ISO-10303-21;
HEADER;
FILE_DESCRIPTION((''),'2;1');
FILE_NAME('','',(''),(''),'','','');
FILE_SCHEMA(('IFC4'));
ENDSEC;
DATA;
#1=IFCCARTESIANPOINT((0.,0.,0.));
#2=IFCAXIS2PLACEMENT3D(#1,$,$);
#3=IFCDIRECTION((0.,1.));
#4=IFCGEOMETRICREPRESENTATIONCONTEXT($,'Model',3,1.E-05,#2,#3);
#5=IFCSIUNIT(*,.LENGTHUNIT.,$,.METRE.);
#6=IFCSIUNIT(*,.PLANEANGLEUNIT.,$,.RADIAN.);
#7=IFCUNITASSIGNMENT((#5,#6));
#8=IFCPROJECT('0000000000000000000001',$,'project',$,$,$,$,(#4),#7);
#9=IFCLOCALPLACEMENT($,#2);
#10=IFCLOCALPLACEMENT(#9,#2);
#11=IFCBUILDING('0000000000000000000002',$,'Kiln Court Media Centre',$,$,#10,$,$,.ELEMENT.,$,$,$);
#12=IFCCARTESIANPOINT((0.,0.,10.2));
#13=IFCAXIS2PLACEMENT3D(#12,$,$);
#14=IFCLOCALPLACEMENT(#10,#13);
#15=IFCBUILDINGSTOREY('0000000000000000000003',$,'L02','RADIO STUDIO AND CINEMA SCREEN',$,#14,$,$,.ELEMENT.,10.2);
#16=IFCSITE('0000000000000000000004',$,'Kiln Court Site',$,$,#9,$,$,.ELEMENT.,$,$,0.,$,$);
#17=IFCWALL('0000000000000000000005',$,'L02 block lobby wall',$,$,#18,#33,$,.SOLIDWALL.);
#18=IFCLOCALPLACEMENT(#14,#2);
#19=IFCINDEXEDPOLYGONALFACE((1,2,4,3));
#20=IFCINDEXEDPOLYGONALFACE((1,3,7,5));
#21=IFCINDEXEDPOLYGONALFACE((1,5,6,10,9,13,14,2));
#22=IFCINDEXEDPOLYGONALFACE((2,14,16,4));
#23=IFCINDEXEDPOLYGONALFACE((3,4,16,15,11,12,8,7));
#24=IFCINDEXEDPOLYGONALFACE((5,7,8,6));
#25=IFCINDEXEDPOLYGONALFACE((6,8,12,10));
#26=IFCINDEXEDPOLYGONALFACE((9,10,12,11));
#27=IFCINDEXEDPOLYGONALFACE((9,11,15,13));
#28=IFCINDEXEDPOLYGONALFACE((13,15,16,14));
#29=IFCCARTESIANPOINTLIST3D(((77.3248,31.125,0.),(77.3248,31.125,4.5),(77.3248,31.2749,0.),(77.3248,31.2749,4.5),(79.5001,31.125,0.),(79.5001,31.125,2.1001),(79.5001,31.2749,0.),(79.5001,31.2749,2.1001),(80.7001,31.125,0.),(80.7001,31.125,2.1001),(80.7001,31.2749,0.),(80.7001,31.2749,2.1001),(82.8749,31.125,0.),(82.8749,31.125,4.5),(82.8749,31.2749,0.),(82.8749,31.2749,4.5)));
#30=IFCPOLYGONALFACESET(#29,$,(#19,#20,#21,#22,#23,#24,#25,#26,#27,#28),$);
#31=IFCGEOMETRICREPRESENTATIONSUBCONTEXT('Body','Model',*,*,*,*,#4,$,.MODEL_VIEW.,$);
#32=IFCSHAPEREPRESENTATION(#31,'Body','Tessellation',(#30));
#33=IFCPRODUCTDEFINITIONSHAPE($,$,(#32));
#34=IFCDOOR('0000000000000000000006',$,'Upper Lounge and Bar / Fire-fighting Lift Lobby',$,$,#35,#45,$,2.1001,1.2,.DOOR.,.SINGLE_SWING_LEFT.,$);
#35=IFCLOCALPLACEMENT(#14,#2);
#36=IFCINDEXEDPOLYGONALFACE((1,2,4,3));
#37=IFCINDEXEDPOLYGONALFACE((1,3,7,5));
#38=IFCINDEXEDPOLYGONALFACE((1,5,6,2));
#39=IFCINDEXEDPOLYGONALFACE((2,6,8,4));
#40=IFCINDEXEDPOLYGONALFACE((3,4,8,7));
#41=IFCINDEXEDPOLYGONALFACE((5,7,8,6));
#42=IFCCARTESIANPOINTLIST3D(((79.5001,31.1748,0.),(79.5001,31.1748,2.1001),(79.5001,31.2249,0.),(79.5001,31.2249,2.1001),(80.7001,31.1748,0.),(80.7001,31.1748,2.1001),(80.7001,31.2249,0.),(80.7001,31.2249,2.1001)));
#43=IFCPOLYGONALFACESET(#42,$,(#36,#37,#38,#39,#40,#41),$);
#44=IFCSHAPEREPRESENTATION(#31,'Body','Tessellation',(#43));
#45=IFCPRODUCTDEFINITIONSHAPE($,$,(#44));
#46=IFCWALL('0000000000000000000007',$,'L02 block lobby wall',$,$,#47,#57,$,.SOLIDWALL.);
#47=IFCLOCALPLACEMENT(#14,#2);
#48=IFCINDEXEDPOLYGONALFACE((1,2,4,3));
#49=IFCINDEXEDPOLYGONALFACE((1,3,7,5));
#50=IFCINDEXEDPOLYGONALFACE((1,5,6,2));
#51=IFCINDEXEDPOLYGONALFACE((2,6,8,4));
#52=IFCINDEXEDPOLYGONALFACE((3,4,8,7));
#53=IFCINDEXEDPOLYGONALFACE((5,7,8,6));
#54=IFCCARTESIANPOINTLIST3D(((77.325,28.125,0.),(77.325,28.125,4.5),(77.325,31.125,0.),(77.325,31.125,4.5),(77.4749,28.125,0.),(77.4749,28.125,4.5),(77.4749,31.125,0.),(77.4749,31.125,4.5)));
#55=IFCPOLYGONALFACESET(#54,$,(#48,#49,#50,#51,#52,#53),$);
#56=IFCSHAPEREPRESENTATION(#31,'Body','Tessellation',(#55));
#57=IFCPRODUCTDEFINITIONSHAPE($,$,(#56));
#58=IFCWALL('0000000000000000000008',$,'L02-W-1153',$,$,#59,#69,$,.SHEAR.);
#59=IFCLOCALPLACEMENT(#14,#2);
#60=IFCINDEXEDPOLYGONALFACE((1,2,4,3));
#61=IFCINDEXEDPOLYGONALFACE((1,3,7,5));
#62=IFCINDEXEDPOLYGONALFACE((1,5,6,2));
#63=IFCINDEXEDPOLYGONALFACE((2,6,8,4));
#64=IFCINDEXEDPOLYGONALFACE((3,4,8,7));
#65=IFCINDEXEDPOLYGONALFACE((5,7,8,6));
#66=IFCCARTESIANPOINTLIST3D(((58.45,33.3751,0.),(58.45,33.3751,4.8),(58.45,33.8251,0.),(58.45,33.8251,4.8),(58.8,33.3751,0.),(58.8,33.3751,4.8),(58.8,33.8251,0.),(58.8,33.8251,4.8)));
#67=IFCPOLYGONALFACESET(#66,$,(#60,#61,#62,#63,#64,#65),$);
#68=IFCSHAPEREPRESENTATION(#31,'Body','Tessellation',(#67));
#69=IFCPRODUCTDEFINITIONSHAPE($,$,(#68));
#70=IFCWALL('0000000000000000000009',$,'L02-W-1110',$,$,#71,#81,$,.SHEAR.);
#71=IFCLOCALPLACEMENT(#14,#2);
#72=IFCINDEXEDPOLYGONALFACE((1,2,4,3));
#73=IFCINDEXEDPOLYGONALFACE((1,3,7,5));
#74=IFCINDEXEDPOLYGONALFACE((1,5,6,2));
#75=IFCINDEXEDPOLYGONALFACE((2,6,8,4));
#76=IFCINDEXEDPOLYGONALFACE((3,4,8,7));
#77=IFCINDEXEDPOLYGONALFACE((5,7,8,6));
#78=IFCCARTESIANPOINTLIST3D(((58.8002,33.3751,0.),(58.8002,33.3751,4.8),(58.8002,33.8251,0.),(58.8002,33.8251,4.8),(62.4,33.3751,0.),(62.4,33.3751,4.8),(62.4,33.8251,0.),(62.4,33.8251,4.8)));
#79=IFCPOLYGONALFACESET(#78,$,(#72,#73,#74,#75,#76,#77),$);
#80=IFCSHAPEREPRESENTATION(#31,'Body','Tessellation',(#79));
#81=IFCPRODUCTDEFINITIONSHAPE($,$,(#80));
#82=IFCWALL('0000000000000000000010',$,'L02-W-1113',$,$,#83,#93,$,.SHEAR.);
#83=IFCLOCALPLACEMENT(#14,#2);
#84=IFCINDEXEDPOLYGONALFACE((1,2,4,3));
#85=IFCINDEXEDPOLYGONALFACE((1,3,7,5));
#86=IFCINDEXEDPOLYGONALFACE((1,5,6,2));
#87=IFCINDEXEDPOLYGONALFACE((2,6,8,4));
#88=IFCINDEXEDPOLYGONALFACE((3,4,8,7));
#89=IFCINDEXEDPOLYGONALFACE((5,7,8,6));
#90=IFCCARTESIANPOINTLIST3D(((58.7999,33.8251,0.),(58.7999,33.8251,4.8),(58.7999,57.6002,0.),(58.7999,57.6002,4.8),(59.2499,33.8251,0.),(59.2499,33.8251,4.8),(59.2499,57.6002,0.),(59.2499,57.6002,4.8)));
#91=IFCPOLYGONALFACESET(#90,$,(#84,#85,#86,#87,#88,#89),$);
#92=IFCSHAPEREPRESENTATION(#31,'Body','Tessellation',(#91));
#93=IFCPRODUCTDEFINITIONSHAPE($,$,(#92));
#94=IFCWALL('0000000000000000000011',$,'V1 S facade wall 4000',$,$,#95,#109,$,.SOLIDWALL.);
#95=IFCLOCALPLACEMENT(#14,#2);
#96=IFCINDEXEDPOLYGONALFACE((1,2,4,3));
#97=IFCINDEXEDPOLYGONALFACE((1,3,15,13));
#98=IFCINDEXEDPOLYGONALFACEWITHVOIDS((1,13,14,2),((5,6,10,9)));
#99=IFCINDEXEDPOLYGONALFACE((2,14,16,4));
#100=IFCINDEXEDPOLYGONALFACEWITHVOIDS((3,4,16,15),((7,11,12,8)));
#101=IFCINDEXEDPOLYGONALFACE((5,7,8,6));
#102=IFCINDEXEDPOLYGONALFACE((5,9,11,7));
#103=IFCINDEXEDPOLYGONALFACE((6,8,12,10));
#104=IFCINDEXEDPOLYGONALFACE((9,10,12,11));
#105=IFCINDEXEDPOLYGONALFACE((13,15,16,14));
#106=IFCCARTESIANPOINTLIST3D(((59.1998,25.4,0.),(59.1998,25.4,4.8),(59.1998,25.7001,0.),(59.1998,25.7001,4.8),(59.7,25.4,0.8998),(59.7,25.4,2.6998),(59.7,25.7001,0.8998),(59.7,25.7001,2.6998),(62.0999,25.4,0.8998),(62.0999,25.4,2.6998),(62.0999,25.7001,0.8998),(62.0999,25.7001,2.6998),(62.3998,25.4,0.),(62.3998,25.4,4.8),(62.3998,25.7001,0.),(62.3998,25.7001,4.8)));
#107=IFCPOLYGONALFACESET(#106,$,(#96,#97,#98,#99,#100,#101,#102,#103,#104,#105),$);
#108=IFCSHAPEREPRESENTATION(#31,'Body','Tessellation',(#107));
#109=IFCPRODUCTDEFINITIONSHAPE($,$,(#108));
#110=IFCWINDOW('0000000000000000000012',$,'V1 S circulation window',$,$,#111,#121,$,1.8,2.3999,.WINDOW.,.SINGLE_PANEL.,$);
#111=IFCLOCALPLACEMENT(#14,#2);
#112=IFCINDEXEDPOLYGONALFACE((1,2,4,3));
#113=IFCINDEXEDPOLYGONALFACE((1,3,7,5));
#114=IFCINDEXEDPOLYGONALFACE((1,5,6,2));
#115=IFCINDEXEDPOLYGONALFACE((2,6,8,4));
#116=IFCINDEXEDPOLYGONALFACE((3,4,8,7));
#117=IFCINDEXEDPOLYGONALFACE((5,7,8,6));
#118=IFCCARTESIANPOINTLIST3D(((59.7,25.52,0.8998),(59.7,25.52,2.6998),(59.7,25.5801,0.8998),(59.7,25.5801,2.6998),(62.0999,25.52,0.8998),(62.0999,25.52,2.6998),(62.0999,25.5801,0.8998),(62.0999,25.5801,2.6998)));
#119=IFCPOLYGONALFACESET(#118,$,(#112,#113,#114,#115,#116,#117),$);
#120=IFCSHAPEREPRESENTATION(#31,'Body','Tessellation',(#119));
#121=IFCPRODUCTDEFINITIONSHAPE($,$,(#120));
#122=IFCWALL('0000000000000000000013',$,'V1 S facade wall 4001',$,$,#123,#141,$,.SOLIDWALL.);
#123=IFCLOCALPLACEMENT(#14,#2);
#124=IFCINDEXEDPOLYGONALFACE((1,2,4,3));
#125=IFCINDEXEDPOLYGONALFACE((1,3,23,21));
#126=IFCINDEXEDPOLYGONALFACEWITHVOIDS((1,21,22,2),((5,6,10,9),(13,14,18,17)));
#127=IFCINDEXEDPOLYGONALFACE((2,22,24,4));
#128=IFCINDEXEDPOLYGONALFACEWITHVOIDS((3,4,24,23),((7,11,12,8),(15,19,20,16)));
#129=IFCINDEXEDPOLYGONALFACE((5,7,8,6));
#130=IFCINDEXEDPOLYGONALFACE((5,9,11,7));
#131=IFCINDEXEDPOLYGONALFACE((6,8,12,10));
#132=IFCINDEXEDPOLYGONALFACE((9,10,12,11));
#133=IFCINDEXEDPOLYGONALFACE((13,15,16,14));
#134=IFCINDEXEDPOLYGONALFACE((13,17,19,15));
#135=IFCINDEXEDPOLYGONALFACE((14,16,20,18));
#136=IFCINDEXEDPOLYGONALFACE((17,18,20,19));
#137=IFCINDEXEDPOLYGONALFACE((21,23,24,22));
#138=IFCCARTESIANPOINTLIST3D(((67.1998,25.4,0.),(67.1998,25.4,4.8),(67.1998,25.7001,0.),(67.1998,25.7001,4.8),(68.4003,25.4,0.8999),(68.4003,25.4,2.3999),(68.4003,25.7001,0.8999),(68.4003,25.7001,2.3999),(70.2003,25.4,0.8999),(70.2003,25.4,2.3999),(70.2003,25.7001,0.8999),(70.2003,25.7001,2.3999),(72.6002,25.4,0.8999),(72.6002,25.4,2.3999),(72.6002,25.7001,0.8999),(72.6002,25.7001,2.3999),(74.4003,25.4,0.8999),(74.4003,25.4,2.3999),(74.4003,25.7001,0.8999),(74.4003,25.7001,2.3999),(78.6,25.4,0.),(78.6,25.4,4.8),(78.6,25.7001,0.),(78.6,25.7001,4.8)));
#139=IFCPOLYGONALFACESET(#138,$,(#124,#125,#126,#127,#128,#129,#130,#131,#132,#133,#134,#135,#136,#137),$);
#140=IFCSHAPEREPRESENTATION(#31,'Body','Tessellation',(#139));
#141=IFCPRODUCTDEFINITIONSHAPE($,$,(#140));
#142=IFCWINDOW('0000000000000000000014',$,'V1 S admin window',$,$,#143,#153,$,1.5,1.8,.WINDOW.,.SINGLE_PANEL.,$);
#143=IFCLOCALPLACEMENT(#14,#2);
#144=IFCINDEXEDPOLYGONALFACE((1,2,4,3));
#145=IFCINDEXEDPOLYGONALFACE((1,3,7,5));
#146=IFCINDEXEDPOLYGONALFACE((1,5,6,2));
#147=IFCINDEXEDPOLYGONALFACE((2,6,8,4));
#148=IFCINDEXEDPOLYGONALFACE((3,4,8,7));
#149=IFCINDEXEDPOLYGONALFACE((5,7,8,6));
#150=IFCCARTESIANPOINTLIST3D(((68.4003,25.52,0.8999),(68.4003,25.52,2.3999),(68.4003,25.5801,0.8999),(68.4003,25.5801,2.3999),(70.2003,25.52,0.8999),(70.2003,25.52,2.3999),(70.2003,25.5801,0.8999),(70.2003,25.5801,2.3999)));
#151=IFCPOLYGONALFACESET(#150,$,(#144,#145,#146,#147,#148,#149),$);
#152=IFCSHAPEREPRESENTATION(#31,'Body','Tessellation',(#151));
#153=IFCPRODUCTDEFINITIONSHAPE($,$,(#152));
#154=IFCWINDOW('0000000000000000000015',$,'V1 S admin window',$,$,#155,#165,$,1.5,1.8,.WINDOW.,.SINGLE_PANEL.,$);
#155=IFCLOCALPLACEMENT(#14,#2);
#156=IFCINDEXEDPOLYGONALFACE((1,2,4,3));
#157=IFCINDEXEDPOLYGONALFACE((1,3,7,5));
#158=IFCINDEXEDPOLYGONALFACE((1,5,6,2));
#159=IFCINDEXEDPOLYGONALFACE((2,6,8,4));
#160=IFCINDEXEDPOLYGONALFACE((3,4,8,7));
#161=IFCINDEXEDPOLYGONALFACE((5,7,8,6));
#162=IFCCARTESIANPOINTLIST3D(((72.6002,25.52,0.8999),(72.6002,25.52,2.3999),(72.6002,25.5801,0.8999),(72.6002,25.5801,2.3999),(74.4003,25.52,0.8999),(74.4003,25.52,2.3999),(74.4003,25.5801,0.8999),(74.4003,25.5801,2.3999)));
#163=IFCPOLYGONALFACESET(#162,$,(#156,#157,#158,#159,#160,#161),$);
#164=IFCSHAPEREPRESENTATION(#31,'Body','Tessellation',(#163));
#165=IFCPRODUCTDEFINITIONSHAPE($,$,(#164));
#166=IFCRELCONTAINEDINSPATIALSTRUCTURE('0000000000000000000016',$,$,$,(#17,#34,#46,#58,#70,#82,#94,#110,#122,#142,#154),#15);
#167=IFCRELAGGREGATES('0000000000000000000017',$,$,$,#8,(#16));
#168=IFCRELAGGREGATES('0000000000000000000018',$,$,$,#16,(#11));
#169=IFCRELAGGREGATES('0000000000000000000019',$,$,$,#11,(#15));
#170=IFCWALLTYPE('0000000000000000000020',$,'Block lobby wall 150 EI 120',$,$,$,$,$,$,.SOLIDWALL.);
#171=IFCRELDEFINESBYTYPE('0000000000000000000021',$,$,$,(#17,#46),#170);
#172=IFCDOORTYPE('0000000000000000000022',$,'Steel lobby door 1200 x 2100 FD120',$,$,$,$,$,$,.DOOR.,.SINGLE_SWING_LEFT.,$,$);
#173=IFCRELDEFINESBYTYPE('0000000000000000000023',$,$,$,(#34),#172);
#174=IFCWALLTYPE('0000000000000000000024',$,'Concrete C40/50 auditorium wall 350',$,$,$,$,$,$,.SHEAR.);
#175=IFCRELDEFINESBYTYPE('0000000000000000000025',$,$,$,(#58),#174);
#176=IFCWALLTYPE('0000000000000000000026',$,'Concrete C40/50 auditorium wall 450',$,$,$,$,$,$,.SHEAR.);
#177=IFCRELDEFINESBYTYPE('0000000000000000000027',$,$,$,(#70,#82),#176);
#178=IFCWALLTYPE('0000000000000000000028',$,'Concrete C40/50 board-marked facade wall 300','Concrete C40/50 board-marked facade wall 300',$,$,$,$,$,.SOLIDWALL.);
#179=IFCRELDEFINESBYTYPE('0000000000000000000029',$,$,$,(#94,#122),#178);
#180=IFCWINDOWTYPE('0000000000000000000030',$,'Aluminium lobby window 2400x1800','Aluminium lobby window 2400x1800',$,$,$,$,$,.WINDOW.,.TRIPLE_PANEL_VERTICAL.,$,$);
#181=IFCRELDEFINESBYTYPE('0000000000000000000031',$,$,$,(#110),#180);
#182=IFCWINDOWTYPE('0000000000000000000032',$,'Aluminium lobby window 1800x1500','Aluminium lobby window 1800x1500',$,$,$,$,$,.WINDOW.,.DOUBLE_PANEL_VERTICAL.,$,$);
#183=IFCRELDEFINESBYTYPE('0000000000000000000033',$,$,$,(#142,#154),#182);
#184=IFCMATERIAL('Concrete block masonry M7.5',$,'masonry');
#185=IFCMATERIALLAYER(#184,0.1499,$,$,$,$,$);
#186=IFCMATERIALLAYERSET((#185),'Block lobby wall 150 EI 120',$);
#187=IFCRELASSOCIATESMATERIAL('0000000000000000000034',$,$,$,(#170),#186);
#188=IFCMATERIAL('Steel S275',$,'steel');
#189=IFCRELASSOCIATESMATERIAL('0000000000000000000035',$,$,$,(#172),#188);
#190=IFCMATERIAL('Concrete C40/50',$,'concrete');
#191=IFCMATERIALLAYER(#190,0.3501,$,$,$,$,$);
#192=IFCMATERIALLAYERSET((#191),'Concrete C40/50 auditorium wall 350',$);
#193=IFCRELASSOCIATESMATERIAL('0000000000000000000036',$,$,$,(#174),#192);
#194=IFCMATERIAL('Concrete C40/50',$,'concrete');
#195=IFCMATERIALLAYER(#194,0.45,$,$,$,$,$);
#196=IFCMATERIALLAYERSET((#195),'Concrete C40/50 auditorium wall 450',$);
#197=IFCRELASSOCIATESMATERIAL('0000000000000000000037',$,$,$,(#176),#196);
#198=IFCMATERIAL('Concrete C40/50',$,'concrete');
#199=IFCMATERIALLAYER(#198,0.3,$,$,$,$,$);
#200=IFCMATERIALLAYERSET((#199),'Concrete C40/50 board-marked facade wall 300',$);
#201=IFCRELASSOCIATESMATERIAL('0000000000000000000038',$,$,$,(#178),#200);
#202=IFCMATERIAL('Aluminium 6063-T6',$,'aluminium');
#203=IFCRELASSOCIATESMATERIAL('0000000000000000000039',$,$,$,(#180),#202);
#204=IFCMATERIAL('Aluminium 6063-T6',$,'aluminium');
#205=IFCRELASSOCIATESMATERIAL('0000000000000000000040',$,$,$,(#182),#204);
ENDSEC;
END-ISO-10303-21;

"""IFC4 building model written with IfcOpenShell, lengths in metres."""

from ifc_helpers import new_model, si_unit, direction, frame, frame_2d, origin, place, context, subcontext, project, spatial, rectangle, extrude, material, layer, layer_set, type_object, element, fill, save


model = new_model("IFC4")

# Units and contexts
model_context = context("Model", 3, precision=1e-05, world=origin(), true_north=direction((0.0, 1.0)))
body_context = subcontext(model_context, "Body", "Model", "MODEL_VIEW")
ifc_project = project(units=[si_unit("LENGTHUNIT", "METRE"), si_unit("PLANEANGLEUNIT", "RADIAN")], contexts=[model_context])

# Site, building, storey
site_placement = place(None, origin())
site = spatial("IfcSite", under=ifc_project, at=site_placement, Name="Kiln Court Site", CompositionType="ELEMENT", RefElevation=0.0)
building_placement = place(site_placement, origin())
building = spatial("IfcBuilding", under=site, at=building_placement, Name="Kiln Court Media Centre", CompositionType="ELEMENT")
storey_placement = place(building_placement, frame((0.0, 0.0, 10.2)))
storey = spatial("IfcBuildingStorey", under=building, at=storey_placement, Name="L02", Description="RADIO STUDIO AND CINEMA SCREEN", CompositionType="ELEMENT", Elevation=10.2)

# Wall, opening, door
ifc_material_1 = material(Name="Concrete block masonry M7.5", Category="masonry")
ifc_layer_1 = layer(ifc_material_1, 0.1499)
ifc_layer_set_1 = layer_set([ifc_layer_1], Name="Block lobby wall 150 EI 120")
wall_type_1 = type_object("IfcWallType", Name="Block lobby wall 150 EI 120", PredefinedType="SOLIDWALL", material=ifc_layer_set_1)
wall_1_placement = place(storey_placement, frame((77.325, 31.2, 0.0), z_axis=(0.0, 0.0, 1.0), x_axis=(1.0, 0.0, 0.0)))
wall_1 = element("IfcWall", 1, at=wall_1_placement, inside=storey, type_object=wall_type_1, Name="L02 block lobby wall", PredefinedType="SOLIDWALL", context=body_context, shape_type="SweptSolid", body=[
    extrude(rectangle(XDim=5.55, YDim=0.1499, at=frame_2d((2.7749, 0.0))), origin(), (0.0, 0.0, 1.0), 4.5),
])
opening_1_placement = place(wall_1_placement, frame((2.175, 0.0, 0.0)))
opening_1 = element("IfcOpeningElement", 2, at=opening_1_placement, cuts=wall_1, PredefinedType="OPENING", context=body_context, shape_type="SweptSolid", body=[
    extrude(rectangle(XDim=1.2, YDim=2.1001, at=frame_2d((0.6001, 1.05))), frame((0.0, 0.085, 0.0), z_axis=(0.0, -1.0, 0.0), x_axis=(1.0, 0.0, 0.0)), (0.0, 0.0, 1.0), 0.1699),
])
ifc_material_2 = material(Name="Steel S275", Category="steel")
door_type_1 = type_object("IfcDoorType", Name="Steel lobby door 1200 x 2100 FD120", OperationType="SINGLE_SWING_LEFT", PredefinedType="DOOR", material=ifc_material_2)
door_1_placement = place(opening_1_placement, origin())
door_1 = element("IfcDoor", 3, at=door_1_placement, inside=storey, type_object=door_type_1, Name="Upper Lounge and Bar / Fire-fighting Lift Lobby", OperationType="SINGLE_SWING_LEFT", OverallHeight=2.1001, OverallWidth=1.2, PredefinedType="DOOR", context=body_context, shape_type="SweptSolid", body=[
    extrude(rectangle(XDim=1.2, YDim=2.1001, at=frame_2d((0.6001, 1.05))), frame((0.0, 0.0249, 0.0), z_axis=(0.0, -1.0, 0.0), x_axis=(1.0, 0.0, 0.0)), (0.0, 0.0, 1.0), 0.05),
])
fill(opening_1, door_1)

# Walls
wall_2_placement = place(storey_placement, frame((77.3999, 28.125, 0.0), z_axis=(0.0, 0.0, 1.0), x_axis=(0.0, 1.0, 0.0)))
element("IfcWall", 4, at=wall_2_placement, inside=storey, type_object=wall_type_1, Name="L02 block lobby wall", PredefinedType="SOLIDWALL", context=body_context, shape_type="SweptSolid", body=[
    extrude(rectangle(XDim=3.0, YDim=0.1499, at=frame_2d((1.5, 0.0))), origin(), (0.0, 0.0, 1.0), 4.5),
])
ifc_material_3 = material(Name="Concrete C40/50", Category="concrete")
ifc_layer_2 = layer(ifc_material_3, 0.3501)
ifc_layer_set_2 = layer_set([ifc_layer_2], Name="Concrete C40/50 auditorium wall 350")
wall_type_2 = type_object("IfcWallType", Name="Concrete C40/50 auditorium wall 350", PredefinedType="SHEAR", material=ifc_layer_set_2)
wall_3_placement = place(storey_placement, frame((58.625, 33.375, 0.0), z_axis=(0.0, 0.0, 1.0), x_axis=(0.0, 1.0, 0.0)))
element("IfcWall", 5, at=wall_3_placement, inside=storey, type_object=wall_type_2, Name="L02-W-1153", PredefinedType="SHEAR", context=body_context, shape_type="SweptSolid", body=[
    extrude(rectangle(XDim=0.45, YDim=0.3501, at=frame_2d((0.2251, 0.0))), origin(), (0.0, 0.0, 1.0), 4.8),
])
ifc_material_4 = material(Name="Concrete C40/50", Category="concrete")
ifc_layer_3 = layer(ifc_material_4, 0.45)
ifc_layer_set_3 = layer_set([ifc_layer_3], Name="Concrete C40/50 auditorium wall 450")
wall_type_3 = type_object("IfcWallType", Name="Concrete C40/50 auditorium wall 450", PredefinedType="SHEAR", material=ifc_layer_set_3)
wall_4_placement = place(storey_placement, frame((62.3999, 33.6001, 0.0), z_axis=(0.0, 0.0, 1.0), x_axis=(-1.0, 0.0, 0.0)))
element("IfcWall", 6, at=wall_4_placement, inside=storey, type_object=wall_type_3, Name="L02-W-1110", PredefinedType="SHEAR", context=body_context, shape_type="SweptSolid", body=[
    extrude(rectangle(XDim=3.5999, YDim=0.45, at=frame_2d((1.7998, 0.0))), origin(), (0.0, 0.0, 1.0), 4.8),
])
wall_5_placement = place(storey_placement, frame((59.0249, 33.825, 0.0), z_axis=(0.0, 0.0, 1.0), x_axis=(0.0, 1.0, 0.0)))
element("IfcWall", 7, at=wall_5_placement, inside=storey, type_object=wall_type_3, Name="L02-W-1113", PredefinedType="SHEAR", context=body_context, shape_type="SweptSolid", body=[
    extrude(rectangle(XDim=23.7751, YDim=0.45, at=frame_2d((11.8877, 0.0))), origin(), (0.0, 0.0, 1.0), 4.8),
])

# Wall, opening, window
ifc_material_5 = material(Name="Concrete C40/50", Category="concrete")
ifc_layer_4 = layer(ifc_material_5, 0.3)
ifc_layer_set_4 = layer_set([ifc_layer_4], Name="Concrete C40/50 board-marked facade wall 300")
wall_type_4 = type_object("IfcWallType", Name="Concrete C40/50 board-marked facade wall 300", Description="Concrete C40/50 board-marked facade wall 300", PredefinedType="SOLIDWALL", material=ifc_layer_set_4)
wall_6_placement = place(storey_placement, frame((62.3999, 25.55, 0.0), z_axis=(0.0, 0.0, 1.0), x_axis=(-1.0, 0.0, 0.0)))
wall_6 = element("IfcWall", 8, at=wall_6_placement, inside=storey, type_object=wall_type_4, Name="V1 S facade wall 4000", PredefinedType="SOLIDWALL", context=body_context, shape_type="SweptSolid", body=[
    extrude(rectangle(XDim=3.2, YDim=0.3, at=frame_2d((1.6001, 0.0))), origin(), (0.0, 0.0, 1.0), 4.8),
])
opening_2_placement = place(wall_6_placement, frame((0.3, 0.0, 0.8999)))
opening_2 = element("IfcOpeningElement", 9, at=opening_2_placement, cuts=wall_6, PredefinedType="OPENING", context=body_context, shape_type="SweptSolid", body=[
    extrude(rectangle(XDim=2.3999, YDim=1.8, at=frame_2d((1.2, 0.8999))), frame((0.0, 0.1599, 0.0), z_axis=(0.0, -1.0, 0.0), x_axis=(1.0, 0.0, 0.0)), (0.0, 0.0, 1.0), 0.3201),
])
ifc_material_6 = material(Name="Aluminium 6063-T6", Category="aluminium")
window_type_1 = type_object("IfcWindowType", Name="Aluminium lobby window 2400x1800", Description="Aluminium lobby window 2400x1800", PartitioningType="TRIPLE_PANEL_VERTICAL", PredefinedType="WINDOW", material=ifc_material_6)
window_1_placement = place(opening_2_placement, origin())
window_1 = element("IfcWindow", 10, at=window_1_placement, inside=storey, type_object=window_type_1, Name="V1 S circulation window", OverallHeight=1.8, OverallWidth=2.3999, PartitioningType="SINGLE_PANEL", PredefinedType="WINDOW", context=body_context, shape_type="SweptSolid", body=[
    extrude(rectangle(XDim=2.3999, YDim=1.8, at=frame_2d((1.2, 0.8999))), frame((0.0, 0.03, 0.0), z_axis=(0.0, -1.0, 0.0), x_axis=(1.0, 0.0, 0.0)), (0.0, 0.0, 1.0), 0.0601),
])
fill(opening_2, window_1)

# Wall, openings, windows
wall_7_placement = place(storey_placement, frame((78.6001, 25.55, 0.0), z_axis=(0.0, 0.0, 1.0), x_axis=(-1.0, 0.0, 0.0)))
wall_7 = element("IfcWall", 11, at=wall_7_placement, inside=storey, type_object=wall_type_4, Name="V1 S facade wall 4001", PredefinedType="SOLIDWALL", context=body_context, shape_type="SweptSolid", body=[
    extrude(rectangle(XDim=11.4001, YDim=0.3, at=frame_2d((5.7002, 0.0))), origin(), (0.0, 0.0, 1.0), 4.8),
])
opening_3_placement = place(wall_7_placement, frame((8.3999, 0.0, 0.8999)))
opening_3 = element("IfcOpeningElement", 12, at=opening_3_placement, cuts=wall_7, PredefinedType="OPENING", context=body_context, shape_type="SweptSolid", body=[
    extrude(rectangle(XDim=1.8, YDim=1.5, at=frame_2d((0.8999, 0.75))), frame((0.0, 0.1599, 0.0), z_axis=(0.0, -1.0, 0.0), x_axis=(1.0, 0.0, 0.0)), (0.0, 0.0, 1.0), 0.3201),
])
opening_4_placement = place(wall_7_placement, frame((4.2, 0.0, 0.8999)))
opening_4 = element("IfcOpeningElement", 13, at=opening_4_placement, cuts=wall_7, PredefinedType="OPENING", context=body_context, shape_type="SweptSolid", body=[
    extrude(rectangle(XDim=1.8, YDim=1.5, at=frame_2d((0.8999, 0.75))), frame((0.0, 0.1599, 0.0), z_axis=(0.0, -1.0, 0.0), x_axis=(1.0, 0.0, 0.0)), (0.0, 0.0, 1.0), 0.3201),
])
ifc_material_7 = material(Name="Aluminium 6063-T6", Category="aluminium")
window_type_2 = type_object("IfcWindowType", Name="Aluminium lobby window 1800x1500", Description="Aluminium lobby window 1800x1500", PartitioningType="DOUBLE_PANEL_VERTICAL", PredefinedType="WINDOW", material=ifc_material_7)
window_2_placement = place(opening_3_placement, origin())
window_2 = element("IfcWindow", 14, at=window_2_placement, inside=storey, type_object=window_type_2, Name="V1 S admin window", OverallHeight=1.5, OverallWidth=1.8, PartitioningType="SINGLE_PANEL", PredefinedType="WINDOW", context=body_context, shape_type="SweptSolid", body=[
    extrude(rectangle(XDim=1.8, YDim=1.5, at=frame_2d((0.8999, 0.75))), frame((0.0, 0.03, 0.0), z_axis=(0.0, -1.0, 0.0), x_axis=(1.0, 0.0, 0.0)), (0.0, 0.0, 1.0), 0.0601),
])
fill(opening_3, window_2)
window_3_placement = place(opening_4_placement, origin())
window_3 = element("IfcWindow", 15, at=window_3_placement, inside=storey, type_object=window_type_2, Name="V1 S admin window", OverallHeight=1.5, OverallWidth=1.8, PartitioningType="SINGLE_PANEL", PredefinedType="WINDOW", context=body_context, shape_type="SweptSolid", body=[
    extrude(rectangle(XDim=1.8, YDim=1.5, at=frame_2d((0.8999, 0.75))), frame((0.0, 0.03, 0.0), z_axis=(0.0, -1.0, 0.0), x_axis=(1.0, 0.0, 0.0)), (0.0, 0.0, 1.0), 0.0601),
])
fill(opening_4, window_3)

save(model, "model.ifc")
